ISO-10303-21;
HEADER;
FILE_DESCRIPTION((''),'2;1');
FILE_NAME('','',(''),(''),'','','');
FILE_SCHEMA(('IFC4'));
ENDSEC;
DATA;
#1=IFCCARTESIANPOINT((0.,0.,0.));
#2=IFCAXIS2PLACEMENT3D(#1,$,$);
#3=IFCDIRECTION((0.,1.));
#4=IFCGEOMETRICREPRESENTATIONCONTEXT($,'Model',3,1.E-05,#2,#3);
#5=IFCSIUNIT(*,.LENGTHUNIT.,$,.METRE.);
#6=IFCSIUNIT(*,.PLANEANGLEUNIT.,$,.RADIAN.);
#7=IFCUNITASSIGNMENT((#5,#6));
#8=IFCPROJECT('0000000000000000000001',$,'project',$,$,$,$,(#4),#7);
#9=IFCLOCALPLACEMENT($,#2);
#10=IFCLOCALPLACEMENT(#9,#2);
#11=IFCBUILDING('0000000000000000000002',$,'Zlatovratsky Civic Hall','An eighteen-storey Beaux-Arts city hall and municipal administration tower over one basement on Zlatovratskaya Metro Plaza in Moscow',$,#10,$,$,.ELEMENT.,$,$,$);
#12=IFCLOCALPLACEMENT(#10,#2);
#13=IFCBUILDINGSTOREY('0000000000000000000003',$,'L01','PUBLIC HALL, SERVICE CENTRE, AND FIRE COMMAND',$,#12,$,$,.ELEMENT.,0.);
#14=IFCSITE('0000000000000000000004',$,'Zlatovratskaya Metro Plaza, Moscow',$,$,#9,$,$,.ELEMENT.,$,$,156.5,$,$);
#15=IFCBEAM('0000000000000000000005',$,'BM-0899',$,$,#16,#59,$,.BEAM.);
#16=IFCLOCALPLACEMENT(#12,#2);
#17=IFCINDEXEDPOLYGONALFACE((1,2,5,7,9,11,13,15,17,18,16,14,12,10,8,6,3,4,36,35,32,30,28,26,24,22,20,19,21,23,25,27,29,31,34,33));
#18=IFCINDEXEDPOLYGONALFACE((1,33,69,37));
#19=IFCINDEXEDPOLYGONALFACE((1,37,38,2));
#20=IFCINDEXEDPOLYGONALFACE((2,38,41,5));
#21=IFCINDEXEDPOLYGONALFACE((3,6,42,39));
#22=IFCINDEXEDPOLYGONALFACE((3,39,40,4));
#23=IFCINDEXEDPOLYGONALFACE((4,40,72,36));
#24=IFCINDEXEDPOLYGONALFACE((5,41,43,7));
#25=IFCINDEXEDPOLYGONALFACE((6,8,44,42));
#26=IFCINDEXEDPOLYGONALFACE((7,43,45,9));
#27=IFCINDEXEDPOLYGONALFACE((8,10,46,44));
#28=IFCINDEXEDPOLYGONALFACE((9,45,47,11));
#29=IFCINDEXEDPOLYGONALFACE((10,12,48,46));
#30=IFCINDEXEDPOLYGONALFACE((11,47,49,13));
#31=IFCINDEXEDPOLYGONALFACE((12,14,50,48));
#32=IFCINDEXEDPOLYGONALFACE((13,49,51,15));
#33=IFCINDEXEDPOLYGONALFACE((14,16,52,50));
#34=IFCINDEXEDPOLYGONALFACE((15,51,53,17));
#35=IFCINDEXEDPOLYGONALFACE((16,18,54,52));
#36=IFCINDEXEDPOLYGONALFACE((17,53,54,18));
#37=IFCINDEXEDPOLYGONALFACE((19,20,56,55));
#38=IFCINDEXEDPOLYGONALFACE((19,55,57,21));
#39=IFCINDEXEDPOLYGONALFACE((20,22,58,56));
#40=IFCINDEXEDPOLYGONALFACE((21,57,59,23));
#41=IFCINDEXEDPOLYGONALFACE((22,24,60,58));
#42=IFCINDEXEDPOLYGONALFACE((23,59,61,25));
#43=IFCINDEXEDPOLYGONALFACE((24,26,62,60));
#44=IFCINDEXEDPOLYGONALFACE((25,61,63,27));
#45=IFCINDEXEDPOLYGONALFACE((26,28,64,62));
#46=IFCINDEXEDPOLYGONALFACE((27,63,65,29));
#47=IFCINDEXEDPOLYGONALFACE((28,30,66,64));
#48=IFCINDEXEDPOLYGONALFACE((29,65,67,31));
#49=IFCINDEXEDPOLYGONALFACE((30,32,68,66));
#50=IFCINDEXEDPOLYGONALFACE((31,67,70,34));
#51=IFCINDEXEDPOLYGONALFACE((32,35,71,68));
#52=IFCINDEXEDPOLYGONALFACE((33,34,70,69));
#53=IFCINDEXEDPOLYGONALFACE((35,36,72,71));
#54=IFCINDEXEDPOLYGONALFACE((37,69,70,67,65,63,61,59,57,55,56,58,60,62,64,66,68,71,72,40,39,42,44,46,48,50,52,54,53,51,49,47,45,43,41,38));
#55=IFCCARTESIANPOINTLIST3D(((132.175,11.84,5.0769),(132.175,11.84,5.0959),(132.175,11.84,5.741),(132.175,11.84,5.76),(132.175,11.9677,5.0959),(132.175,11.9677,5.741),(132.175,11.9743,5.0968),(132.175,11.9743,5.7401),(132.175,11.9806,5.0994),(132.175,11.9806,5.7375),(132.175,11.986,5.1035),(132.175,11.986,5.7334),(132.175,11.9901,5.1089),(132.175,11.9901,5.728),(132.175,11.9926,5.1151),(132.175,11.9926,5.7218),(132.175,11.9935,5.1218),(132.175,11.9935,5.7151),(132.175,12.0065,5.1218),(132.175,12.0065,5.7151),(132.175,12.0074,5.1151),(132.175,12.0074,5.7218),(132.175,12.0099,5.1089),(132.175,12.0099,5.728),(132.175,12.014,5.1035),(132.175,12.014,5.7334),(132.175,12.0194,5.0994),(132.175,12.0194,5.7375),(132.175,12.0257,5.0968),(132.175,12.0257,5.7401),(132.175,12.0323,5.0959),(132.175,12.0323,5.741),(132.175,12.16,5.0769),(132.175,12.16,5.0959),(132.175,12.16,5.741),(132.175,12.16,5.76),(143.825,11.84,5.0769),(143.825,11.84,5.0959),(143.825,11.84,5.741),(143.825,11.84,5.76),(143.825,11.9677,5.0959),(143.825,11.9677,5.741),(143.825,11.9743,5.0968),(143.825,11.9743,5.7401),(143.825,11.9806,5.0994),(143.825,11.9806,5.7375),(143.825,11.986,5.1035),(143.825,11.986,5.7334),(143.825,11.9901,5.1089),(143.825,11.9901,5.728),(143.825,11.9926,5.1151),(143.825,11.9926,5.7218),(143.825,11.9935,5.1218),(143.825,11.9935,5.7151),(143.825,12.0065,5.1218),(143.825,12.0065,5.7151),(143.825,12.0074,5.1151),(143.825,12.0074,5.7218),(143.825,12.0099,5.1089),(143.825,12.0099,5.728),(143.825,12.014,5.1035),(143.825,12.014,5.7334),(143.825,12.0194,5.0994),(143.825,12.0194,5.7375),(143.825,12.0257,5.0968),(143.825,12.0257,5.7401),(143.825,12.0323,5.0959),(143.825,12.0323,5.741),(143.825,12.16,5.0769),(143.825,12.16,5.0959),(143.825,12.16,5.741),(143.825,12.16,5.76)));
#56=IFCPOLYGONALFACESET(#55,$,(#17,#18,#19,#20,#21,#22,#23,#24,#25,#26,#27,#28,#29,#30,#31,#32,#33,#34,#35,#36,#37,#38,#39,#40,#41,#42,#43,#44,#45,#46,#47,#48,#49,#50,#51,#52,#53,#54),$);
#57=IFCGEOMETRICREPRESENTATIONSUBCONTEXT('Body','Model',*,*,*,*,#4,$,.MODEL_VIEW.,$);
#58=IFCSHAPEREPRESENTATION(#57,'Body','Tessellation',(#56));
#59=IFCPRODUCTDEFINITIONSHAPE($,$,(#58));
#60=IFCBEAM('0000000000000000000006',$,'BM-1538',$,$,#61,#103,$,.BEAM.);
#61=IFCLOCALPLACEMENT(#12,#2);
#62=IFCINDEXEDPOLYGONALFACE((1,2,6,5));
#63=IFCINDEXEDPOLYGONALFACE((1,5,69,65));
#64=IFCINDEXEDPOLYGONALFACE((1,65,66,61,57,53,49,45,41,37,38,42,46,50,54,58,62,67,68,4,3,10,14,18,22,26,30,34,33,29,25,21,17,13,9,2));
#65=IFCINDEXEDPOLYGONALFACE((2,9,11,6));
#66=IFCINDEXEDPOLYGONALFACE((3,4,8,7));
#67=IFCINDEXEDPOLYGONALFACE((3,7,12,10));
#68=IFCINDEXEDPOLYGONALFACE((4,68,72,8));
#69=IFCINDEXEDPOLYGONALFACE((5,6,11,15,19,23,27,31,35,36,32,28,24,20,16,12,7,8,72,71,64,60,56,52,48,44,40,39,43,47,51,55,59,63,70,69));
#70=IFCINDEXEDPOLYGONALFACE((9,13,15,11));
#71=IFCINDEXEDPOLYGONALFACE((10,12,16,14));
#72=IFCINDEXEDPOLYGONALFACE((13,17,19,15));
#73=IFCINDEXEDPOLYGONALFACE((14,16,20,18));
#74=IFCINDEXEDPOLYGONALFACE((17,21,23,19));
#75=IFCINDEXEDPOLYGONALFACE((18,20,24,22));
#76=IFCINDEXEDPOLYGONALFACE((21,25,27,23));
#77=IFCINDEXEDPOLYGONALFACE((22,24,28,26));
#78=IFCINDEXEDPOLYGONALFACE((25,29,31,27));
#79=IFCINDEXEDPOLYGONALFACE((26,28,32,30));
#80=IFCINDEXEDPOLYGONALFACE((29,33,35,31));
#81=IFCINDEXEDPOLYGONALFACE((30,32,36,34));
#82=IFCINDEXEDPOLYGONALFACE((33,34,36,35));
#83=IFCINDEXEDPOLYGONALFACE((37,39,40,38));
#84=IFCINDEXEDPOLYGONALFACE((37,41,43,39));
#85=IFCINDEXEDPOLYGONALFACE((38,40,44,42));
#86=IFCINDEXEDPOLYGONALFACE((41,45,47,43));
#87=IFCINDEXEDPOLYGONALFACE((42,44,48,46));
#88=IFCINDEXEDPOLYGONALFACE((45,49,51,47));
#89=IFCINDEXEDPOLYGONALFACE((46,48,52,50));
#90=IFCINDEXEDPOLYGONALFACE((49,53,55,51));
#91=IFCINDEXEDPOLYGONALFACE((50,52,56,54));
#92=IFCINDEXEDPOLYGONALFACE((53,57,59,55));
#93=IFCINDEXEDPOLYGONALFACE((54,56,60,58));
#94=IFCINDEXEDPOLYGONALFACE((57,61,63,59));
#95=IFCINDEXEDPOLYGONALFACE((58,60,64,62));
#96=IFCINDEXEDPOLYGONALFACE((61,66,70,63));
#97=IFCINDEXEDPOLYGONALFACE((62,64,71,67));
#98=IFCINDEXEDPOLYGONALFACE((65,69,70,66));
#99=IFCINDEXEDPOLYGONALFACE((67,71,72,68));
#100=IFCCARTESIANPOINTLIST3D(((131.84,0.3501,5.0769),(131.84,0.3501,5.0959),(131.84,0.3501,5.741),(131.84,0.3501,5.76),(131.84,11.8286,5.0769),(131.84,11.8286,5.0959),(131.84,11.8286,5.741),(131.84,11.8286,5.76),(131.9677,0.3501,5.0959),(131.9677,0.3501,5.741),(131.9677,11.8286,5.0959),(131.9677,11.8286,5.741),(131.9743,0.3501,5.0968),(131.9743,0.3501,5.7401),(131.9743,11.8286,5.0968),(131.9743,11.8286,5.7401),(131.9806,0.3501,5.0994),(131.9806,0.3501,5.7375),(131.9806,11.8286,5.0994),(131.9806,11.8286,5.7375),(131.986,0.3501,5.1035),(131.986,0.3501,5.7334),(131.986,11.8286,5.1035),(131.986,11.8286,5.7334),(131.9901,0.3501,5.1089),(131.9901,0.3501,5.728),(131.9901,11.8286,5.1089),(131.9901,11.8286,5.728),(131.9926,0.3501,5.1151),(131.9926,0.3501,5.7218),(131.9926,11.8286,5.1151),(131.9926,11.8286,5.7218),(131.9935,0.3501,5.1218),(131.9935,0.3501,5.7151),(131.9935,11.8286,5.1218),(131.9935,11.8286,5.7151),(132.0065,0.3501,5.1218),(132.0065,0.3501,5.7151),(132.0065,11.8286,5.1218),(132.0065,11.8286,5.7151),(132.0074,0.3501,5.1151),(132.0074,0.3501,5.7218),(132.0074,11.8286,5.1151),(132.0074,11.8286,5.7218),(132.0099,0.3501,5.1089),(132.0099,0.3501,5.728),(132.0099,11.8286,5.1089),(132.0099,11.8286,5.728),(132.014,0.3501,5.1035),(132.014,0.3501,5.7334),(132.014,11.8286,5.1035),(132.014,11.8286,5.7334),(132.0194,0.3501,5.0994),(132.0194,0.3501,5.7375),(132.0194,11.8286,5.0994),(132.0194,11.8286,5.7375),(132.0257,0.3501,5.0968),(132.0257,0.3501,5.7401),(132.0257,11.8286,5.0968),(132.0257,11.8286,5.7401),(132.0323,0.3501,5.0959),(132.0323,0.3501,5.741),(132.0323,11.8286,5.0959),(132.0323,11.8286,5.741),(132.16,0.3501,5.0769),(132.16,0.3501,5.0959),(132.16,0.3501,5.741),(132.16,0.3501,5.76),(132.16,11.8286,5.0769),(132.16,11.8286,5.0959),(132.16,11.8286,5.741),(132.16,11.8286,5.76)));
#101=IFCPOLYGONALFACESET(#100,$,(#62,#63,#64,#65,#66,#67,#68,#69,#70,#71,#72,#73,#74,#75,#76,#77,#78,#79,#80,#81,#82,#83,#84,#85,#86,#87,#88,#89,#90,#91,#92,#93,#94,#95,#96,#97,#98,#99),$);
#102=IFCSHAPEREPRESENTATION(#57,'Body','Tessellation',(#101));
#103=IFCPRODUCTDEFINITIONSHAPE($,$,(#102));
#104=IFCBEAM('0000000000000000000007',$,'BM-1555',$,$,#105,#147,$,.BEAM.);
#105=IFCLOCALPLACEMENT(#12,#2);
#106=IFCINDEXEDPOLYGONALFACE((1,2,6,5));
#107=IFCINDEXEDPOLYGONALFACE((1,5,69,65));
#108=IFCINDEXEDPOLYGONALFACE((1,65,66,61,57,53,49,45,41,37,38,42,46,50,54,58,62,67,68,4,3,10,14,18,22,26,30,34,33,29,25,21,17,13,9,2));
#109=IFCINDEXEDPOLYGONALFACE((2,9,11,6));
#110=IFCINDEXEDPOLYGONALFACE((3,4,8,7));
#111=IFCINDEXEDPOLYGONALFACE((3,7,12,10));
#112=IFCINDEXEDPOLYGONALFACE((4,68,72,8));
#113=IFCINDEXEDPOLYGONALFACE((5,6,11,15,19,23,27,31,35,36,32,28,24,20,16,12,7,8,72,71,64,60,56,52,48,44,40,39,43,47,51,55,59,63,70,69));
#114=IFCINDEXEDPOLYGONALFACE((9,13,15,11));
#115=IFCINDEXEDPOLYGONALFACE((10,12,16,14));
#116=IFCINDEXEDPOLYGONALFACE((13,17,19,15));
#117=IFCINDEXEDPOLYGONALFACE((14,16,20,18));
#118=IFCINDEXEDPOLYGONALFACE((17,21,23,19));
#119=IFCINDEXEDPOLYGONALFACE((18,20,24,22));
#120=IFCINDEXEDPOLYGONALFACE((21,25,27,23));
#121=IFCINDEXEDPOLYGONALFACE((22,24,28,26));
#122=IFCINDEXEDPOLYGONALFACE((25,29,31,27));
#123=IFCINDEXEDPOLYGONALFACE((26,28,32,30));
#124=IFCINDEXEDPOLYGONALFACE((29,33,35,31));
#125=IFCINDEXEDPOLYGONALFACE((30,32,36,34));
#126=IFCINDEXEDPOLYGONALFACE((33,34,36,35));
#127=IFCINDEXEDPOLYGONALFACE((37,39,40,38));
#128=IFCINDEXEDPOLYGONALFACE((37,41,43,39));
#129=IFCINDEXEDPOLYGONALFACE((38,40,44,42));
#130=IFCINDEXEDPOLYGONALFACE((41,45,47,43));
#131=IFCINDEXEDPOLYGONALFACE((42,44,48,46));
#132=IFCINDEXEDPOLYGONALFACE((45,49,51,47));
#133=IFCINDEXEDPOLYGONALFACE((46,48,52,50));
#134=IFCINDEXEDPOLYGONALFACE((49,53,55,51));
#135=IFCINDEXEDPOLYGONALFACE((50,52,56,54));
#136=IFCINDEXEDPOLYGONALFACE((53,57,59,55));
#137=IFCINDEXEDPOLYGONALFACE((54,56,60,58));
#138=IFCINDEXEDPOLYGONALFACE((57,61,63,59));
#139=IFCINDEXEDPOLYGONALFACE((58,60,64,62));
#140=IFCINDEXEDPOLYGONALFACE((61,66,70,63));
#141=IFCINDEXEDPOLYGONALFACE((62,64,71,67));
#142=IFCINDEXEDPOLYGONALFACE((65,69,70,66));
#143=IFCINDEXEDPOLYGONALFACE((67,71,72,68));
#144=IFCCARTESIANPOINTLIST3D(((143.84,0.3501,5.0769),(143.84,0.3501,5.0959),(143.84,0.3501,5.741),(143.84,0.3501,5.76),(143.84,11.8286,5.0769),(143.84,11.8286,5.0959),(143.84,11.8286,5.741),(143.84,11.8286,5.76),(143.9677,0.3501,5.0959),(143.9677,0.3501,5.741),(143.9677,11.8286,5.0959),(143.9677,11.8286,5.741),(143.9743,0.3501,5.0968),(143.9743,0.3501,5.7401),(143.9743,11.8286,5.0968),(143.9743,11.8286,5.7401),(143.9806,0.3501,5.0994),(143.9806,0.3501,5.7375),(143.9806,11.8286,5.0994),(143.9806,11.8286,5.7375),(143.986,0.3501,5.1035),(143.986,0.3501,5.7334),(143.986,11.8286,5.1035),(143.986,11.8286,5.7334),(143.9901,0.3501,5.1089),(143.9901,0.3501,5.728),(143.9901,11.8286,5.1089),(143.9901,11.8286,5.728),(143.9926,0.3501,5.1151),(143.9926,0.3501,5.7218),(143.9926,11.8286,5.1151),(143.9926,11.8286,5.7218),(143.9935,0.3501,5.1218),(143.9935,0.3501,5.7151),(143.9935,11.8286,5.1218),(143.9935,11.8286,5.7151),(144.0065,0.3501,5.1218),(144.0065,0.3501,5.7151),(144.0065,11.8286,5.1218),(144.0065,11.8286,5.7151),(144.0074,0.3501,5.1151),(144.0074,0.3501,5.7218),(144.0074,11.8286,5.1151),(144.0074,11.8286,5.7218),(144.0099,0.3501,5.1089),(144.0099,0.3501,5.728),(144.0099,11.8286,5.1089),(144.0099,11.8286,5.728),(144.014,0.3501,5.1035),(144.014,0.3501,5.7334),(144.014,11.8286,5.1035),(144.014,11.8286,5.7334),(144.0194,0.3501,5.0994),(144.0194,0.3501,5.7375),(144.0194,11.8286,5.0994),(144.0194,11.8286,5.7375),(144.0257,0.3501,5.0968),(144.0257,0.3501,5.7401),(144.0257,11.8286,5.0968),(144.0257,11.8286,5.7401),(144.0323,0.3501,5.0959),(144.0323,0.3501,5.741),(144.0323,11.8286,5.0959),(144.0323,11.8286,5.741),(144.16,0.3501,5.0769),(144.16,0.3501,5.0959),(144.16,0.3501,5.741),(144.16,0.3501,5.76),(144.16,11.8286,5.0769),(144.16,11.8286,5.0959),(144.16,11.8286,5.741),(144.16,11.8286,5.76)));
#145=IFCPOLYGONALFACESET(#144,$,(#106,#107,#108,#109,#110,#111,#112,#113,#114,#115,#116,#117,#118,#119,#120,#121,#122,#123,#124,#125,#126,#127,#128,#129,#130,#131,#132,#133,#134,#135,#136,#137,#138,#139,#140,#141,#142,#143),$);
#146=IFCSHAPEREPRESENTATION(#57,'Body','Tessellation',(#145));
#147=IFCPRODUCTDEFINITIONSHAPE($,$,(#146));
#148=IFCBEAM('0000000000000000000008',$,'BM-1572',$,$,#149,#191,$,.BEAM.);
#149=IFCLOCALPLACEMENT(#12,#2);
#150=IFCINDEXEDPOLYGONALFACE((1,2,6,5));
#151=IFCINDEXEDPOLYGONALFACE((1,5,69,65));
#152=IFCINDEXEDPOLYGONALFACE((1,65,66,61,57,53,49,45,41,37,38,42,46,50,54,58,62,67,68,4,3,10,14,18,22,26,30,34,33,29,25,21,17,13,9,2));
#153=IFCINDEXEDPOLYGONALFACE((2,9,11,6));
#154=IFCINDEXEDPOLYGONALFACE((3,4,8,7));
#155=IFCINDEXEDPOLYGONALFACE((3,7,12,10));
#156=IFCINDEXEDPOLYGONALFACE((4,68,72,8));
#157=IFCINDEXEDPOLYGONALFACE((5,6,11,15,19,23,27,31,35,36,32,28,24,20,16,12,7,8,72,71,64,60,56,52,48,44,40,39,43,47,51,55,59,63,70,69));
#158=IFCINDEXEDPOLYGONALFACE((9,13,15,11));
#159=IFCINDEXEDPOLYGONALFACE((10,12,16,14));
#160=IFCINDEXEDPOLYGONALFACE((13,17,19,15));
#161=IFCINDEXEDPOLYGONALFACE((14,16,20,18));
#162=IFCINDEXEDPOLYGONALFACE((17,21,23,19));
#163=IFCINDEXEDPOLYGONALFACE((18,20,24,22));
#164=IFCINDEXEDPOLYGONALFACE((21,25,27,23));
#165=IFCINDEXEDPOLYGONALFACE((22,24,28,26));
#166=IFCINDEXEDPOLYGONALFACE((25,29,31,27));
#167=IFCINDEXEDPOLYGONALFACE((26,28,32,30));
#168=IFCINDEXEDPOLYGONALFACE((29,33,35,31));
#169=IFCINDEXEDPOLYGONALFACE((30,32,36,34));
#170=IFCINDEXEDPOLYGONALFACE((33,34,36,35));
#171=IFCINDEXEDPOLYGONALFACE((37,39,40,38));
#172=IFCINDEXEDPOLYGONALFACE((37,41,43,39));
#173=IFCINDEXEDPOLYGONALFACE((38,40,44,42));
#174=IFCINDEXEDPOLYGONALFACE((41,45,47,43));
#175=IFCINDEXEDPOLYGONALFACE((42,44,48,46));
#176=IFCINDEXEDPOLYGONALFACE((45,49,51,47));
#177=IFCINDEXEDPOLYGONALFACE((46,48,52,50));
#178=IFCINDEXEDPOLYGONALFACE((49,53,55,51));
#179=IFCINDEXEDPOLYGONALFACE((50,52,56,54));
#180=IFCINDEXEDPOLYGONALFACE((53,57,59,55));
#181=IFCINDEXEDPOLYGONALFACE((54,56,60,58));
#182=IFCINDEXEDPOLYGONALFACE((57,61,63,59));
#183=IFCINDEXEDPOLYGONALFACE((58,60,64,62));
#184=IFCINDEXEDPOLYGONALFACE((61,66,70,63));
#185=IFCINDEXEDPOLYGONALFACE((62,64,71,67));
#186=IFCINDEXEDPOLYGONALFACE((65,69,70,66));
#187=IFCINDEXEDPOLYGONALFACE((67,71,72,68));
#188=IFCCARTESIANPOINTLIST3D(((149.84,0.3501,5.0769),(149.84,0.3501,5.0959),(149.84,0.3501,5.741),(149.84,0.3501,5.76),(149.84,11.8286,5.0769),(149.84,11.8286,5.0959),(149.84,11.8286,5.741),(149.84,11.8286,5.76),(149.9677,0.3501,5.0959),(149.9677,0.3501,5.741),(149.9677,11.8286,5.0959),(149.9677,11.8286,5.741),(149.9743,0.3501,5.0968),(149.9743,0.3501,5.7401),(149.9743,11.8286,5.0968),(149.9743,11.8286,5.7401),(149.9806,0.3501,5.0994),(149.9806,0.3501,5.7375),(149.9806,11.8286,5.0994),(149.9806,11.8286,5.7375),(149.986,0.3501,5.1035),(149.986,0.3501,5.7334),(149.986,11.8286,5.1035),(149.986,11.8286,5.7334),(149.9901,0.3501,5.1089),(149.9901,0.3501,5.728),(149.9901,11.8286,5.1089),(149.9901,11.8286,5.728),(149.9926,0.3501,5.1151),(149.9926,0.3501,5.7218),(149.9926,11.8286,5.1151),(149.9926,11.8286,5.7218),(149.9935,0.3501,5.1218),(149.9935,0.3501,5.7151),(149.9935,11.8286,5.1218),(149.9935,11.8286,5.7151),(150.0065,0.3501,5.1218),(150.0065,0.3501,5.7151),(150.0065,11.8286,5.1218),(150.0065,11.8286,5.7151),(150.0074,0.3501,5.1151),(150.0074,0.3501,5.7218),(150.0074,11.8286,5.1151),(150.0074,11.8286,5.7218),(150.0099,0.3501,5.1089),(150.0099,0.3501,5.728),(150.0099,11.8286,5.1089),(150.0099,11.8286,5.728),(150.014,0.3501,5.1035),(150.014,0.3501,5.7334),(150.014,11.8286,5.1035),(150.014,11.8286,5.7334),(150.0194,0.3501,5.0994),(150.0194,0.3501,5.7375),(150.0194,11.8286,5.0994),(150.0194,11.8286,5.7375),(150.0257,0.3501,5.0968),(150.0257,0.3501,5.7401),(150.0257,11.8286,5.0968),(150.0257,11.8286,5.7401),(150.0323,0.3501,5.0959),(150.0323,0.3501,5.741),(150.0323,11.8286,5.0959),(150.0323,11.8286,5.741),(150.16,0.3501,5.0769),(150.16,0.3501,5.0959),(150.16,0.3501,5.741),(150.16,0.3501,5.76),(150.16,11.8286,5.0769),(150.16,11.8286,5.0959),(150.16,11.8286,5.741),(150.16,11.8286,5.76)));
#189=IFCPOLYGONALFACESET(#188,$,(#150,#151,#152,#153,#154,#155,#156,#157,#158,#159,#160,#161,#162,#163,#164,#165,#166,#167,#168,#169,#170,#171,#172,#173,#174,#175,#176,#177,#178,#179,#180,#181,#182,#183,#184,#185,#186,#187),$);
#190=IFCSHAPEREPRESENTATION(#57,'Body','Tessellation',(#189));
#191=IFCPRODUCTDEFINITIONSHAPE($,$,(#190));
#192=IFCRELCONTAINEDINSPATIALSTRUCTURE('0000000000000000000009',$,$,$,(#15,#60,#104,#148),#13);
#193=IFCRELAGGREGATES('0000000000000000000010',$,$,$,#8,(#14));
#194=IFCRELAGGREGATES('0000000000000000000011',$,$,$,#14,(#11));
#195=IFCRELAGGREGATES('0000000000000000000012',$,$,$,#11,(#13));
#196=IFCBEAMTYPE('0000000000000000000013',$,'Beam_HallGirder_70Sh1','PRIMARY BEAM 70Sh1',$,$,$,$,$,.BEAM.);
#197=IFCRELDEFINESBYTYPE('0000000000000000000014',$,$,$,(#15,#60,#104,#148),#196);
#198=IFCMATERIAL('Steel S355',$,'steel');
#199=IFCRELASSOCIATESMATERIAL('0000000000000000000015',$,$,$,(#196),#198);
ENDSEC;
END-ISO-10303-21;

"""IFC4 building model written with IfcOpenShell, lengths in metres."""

from ifc_helpers import new_model, si_unit, direction, frame, origin, origin_2d, place, context, subcontext, project, spatial, i_section, extrude, material, material_profile, profile_set, type_object, element, save


model = new_model("IFC4")

# Units and contexts
model_context = context("Model", 3, precision=1e-05, world=origin(), true_north=direction((0.0, 1.0)))
body_context = subcontext(model_context, "Body", "Model", "MODEL_VIEW")
ifc_project = project(units=[si_unit("LENGTHUNIT", "METRE"), si_unit("PLANEANGLEUNIT", "RADIAN")], contexts=[model_context])

# Site, building, storey
site_placement = place(None, origin())
site = spatial("IfcSite", under=ifc_project, at=site_placement, Name="Zlatovratskaya Metro Plaza, Moscow", CompositionType="ELEMENT", RefElevation=156.5)
building_placement = place(site_placement, origin())
building = spatial("IfcBuilding", under=site, at=building_placement, Name="Zlatovratsky Civic Hall", Description="An eighteen-storey Beaux-Arts city hall and municipal administration tower over one basement on Zlatovratskaya Metro Plaza in Moscow", CompositionType="ELEMENT")
storey_placement = place(building_placement, origin())
storey = spatial("IfcBuildingStorey", under=building, at=storey_placement, Name="L01", Description="PUBLIC HALL, SERVICE CENTRE, AND FIRE COMMAND", CompositionType="ELEMENT", Elevation=0.0)

# Shared definitions
ifc_material_1 = material(Name="Steel S355", Category="steel")

# Beams
ifc_material_profile_1 = material_profile(ifc_material_1, i_section(OverallWidth=0.3201, OverallDepth=0.6831, WebThickness=0.0129, FlangeThickness=0.019, FilletRadius=0.0259, at=origin_2d()), Name="70Sh1")
ifc_profile_set_1 = profile_set([ifc_material_profile_1], Name="Steel S355")
beam_type_1 = type_object("IfcBeamType", Name="Beam_HallGirder_70Sh1", Description="PRIMARY BEAM 70Sh1", PredefinedType="BEAM", material=ifc_profile_set_1)
for number, where, z_axis, x_axis, name in (
    (1, (132.175, 12.0, 5.4185), (1.0, 0.0, 0.0), (0.0, 1.0, 0.0), "BM-0899"),
):
    element("IfcBeam", number, at=place(storey_placement, frame(where, z_axis=z_axis, x_axis=x_axis)), inside=storey, type_object=beam_type_1, Name=name, PredefinedType="BEAM", context=body_context, shape_type="SweptSolid", body=[
        extrude(i_section(OverallWidth=0.3201, OverallDepth=0.6831, WebThickness=0.0129, FlangeThickness=0.019, FilletRadius=0.0259, at=origin_2d()), origin(), (0.0, 0.0, 1.0), 11.6499),
    ])
for number, where, z_axis, x_axis, name in (
    (2, (132.0, 0.3501, 5.4185), (0.0, 1.0, 0.0), (-1.0, 0.0, 0.0), "BM-1538"),
    (3, (144.0, 0.3501, 5.4185), (0.0, 1.0, 0.0), (-1.0, 0.0, 0.0), "BM-1555"),
    (4, (150.0, 0.3501, 5.4185), (0.0, 1.0, 0.0), (-1.0, 0.0, 0.0), "BM-1572"),
):
    element("IfcBeam", number, at=place(storey_placement, frame(where, z_axis=z_axis, x_axis=x_axis)), inside=storey, type_object=beam_type_1, Name=name, PredefinedType="BEAM", context=body_context, shape_type="SweptSolid", body=[
        extrude(i_section(OverallWidth=0.3201, OverallDepth=0.6831, WebThickness=0.0129, FlangeThickness=0.019, FilletRadius=0.0259, at=origin_2d()), origin(), (0.0, 0.0, 1.0), 11.4785),
    ])

save(model, "model.ifc")
